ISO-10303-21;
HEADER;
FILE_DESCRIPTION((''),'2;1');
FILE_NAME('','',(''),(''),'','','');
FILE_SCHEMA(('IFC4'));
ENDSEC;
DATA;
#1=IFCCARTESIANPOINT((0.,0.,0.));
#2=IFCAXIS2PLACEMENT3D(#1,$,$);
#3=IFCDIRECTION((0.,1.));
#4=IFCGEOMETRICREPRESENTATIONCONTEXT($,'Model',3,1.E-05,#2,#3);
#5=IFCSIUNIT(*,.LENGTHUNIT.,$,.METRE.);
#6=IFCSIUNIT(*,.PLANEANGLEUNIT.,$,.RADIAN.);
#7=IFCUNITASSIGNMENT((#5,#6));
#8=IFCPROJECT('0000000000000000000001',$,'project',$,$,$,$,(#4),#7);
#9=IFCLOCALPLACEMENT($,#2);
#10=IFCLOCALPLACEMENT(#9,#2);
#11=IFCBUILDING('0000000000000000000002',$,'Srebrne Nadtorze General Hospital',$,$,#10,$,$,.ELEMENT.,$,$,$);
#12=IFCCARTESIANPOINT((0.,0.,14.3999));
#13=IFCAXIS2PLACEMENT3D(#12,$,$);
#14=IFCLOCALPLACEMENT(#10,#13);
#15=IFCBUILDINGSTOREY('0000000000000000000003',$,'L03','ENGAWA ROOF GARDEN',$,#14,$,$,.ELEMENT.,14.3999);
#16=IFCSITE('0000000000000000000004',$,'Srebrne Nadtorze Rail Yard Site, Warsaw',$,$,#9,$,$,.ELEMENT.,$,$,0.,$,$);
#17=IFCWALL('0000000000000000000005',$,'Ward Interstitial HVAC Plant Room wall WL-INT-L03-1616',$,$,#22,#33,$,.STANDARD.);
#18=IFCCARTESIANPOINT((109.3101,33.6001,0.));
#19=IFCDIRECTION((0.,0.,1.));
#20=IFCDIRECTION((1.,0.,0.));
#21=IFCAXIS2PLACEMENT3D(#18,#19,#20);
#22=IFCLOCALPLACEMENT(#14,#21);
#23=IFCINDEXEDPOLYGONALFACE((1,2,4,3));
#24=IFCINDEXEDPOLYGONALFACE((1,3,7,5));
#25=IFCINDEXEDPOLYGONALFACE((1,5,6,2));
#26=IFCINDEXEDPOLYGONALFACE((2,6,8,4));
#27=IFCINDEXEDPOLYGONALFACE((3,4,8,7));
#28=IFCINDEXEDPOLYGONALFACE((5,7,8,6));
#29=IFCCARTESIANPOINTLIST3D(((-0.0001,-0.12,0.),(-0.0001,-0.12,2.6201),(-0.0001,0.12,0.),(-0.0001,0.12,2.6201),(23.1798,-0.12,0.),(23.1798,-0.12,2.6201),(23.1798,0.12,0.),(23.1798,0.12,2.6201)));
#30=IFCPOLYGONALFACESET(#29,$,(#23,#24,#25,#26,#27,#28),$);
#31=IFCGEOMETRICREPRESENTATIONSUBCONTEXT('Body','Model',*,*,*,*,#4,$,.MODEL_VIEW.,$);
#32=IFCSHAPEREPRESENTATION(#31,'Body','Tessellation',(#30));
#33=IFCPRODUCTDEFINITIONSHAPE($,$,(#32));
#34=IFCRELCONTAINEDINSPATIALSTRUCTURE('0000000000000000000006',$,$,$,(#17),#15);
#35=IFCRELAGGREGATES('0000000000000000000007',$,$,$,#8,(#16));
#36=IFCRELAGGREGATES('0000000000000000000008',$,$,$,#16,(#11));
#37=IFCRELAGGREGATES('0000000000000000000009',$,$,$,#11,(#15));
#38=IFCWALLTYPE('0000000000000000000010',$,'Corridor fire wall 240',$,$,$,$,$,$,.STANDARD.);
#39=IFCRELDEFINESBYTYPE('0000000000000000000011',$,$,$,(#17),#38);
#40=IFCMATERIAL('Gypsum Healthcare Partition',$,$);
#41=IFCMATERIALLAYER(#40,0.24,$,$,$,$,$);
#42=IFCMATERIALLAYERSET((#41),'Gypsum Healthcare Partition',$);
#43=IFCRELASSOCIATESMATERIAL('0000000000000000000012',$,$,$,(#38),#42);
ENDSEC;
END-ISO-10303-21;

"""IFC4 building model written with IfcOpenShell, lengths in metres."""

from ifc_helpers import new_model, si_unit, direction, frame, frame_2d, origin, place, context, subcontext, project, spatial, rectangle, extrude, material, layer, layer_set, type_object, element, save


model = new_model("IFC4")

# Units and contexts
model_context = context("Model", 3, precision=1e-05, world=origin(), true_north=direction((0.0, 1.0)))
body_context = subcontext(model_context, "Body", "Model", "MODEL_VIEW")
ifc_project = project(units=[si_unit("LENGTHUNIT", "METRE"), si_unit("PLANEANGLEUNIT", "RADIAN")], contexts=[model_context])

# Site, building, storey
site_placement = place(None, origin())
site = spatial("IfcSite", under=ifc_project, at=site_placement, Name="Srebrne Nadtorze Rail Yard Site, Warsaw", CompositionType="ELEMENT", RefElevation=0.0)
building_placement = place(site_placement, origin())
building = spatial("IfcBuilding", under=site, at=building_placement, Name="Srebrne Nadtorze General Hospital", CompositionType="ELEMENT")
storey_placement = place(building_placement, frame((0.0, 0.0, 14.3999)))
storey = spatial("IfcBuildingStorey", under=building, at=storey_placement, Name="L03", Description="ENGAWA ROOF GARDEN", CompositionType="ELEMENT", Elevation=14.3999)

# Wall
ifc_material_1 = material(Name="Gypsum Healthcare Partition")
ifc_layer_1 = layer(ifc_material_1, 0.24)
ifc_layer_set_1 = layer_set([ifc_layer_1], Name="Gypsum Healthcare Partition")
wall_type_1 = type_object("IfcWallType", Name="Corridor fire wall 240", PredefinedType="STANDARD", material=ifc_layer_set_1)
wall_1_placement = place(storey_placement, frame((109.3101, 33.6001, 0.0), z_axis=(0.0, 0.0, 1.0), x_axis=(1.0, 0.0, 0.0)))
element("IfcWall", 1, at=wall_1_placement, inside=storey, type_object=wall_type_1, Name="Ward Interstitial HVAC Plant Room wall WL-INT-L03-1616", PredefinedType="STANDARD", context=body_context, shape_type="SweptSolid", body=[
    extrude(rectangle(XDim=23.1799, YDim=0.24, at=frame_2d((11.5898, 0.0))), origin(), (0.0, 0.0, 1.0), 2.6201),
])

save(model, "model.ifc")
